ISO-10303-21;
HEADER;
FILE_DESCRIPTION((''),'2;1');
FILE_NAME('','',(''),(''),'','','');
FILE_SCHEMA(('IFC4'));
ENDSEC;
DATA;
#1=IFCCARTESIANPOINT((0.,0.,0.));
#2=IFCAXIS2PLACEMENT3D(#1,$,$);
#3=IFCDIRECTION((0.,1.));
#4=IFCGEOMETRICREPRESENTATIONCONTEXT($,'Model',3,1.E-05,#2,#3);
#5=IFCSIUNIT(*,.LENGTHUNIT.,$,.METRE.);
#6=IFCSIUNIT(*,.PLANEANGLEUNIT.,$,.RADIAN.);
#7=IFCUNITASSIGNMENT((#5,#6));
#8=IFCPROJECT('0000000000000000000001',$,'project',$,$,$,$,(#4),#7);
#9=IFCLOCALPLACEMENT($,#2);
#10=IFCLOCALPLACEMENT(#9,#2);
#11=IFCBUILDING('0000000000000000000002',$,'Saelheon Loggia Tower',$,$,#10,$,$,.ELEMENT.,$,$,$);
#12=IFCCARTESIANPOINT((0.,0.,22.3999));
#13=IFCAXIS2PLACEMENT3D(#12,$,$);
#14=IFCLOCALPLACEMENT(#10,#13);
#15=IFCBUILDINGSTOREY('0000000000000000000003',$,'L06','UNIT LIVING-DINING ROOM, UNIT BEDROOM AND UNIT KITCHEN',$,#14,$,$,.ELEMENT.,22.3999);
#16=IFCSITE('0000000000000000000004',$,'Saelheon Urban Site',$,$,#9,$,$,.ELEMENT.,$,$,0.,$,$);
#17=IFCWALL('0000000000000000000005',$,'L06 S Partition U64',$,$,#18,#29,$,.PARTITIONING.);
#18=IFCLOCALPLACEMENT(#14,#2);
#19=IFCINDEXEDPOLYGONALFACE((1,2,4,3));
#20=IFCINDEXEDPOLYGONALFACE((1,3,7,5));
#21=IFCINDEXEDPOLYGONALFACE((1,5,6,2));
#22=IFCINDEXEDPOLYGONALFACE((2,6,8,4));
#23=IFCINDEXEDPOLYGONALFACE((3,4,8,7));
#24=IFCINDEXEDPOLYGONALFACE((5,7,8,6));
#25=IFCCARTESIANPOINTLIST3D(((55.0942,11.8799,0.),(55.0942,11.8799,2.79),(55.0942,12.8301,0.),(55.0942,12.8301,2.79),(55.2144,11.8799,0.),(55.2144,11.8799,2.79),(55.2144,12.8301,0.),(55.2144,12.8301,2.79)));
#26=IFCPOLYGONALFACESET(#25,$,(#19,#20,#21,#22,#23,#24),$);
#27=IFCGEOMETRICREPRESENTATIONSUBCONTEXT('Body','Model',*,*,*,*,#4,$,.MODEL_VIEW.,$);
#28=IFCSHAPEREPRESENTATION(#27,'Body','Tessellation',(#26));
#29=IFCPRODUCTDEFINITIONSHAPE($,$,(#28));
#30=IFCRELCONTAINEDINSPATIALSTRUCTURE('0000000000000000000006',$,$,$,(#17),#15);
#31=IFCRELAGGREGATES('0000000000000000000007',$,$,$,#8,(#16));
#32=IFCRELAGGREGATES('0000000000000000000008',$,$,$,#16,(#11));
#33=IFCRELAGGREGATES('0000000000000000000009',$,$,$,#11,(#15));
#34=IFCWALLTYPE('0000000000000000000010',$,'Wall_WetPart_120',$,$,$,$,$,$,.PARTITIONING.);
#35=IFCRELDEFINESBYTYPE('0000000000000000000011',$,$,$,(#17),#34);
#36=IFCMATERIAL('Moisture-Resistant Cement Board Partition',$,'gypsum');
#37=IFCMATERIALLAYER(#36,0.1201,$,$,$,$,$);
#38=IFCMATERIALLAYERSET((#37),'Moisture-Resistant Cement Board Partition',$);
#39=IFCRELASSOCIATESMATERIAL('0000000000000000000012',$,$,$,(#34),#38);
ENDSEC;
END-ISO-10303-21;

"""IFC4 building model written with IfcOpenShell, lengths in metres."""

from ifc_helpers import new_model, si_unit, direction, frame, frame_2d, origin, place, context, subcontext, project, spatial, rectangle, extrude, material, layer, layer_set, type_object, element, save


model = new_model("IFC4")

# Units and contexts
model_context = context("Model", 3, precision=1e-05, world=origin(), true_north=direction((0.0, 1.0)))
body_context = subcontext(model_context, "Body", "Model", "MODEL_VIEW")
ifc_project = project(units=[si_unit("LENGTHUNIT", "METRE"), si_unit("PLANEANGLEUNIT", "RADIAN")], contexts=[model_context])

# Site, building, storey
site_placement = place(None, origin())
site = spatial("IfcSite", under=ifc_project, at=site_placement, Name="Saelheon Urban Site", CompositionType="ELEMENT", RefElevation=0.0)
building_placement = place(site_placement, origin())
building = spatial("IfcBuilding", under=site, at=building_placement, Name="Saelheon Loggia Tower", CompositionType="ELEMENT")
storey_placement = place(building_placement, frame((0.0, 0.0, 22.3999)))
storey = spatial("IfcBuildingStorey", under=building, at=storey_placement, Name="L06", Description="UNIT LIVING-DINING ROOM, UNIT BEDROOM AND UNIT KITCHEN", CompositionType="ELEMENT", Elevation=22.3999)

# Shared definitions
ifc_material_1 = material(Name="Moisture-Resistant Cement Board Partition", Category="gypsum")
ifc_layer_1 = layer(ifc_material_1, 0.1201)
ifc_layer_set_1 = layer_set([ifc_layer_1], Name="Moisture-Resistant Cement Board Partition")
wall_type_1 = type_object("IfcWallType", Name="Wall_WetPart_120", PredefinedType="PARTITIONING", material=ifc_layer_set_1)

# Wall
wall_1_placement = place(storey_placement, frame((55.1543, 12.8301, 0.0), z_axis=(0.0, 0.0, 1.0), x_axis=(0.0, -1.0, 0.0)))
element("IfcWall", 1, at=wall_1_placement, inside=storey, type_object=wall_type_1, Name="L06 S Partition U64", PredefinedType="PARTITIONING", context=body_context, shape_type="SweptSolid", body=[
    extrude(rectangle(XDim=0.9502, YDim=0.1201, at=frame_2d((0.4751, 0.0))), origin(), (0.0, 0.0, 1.0), 2.79),
])

save(model, "model.ifc")
